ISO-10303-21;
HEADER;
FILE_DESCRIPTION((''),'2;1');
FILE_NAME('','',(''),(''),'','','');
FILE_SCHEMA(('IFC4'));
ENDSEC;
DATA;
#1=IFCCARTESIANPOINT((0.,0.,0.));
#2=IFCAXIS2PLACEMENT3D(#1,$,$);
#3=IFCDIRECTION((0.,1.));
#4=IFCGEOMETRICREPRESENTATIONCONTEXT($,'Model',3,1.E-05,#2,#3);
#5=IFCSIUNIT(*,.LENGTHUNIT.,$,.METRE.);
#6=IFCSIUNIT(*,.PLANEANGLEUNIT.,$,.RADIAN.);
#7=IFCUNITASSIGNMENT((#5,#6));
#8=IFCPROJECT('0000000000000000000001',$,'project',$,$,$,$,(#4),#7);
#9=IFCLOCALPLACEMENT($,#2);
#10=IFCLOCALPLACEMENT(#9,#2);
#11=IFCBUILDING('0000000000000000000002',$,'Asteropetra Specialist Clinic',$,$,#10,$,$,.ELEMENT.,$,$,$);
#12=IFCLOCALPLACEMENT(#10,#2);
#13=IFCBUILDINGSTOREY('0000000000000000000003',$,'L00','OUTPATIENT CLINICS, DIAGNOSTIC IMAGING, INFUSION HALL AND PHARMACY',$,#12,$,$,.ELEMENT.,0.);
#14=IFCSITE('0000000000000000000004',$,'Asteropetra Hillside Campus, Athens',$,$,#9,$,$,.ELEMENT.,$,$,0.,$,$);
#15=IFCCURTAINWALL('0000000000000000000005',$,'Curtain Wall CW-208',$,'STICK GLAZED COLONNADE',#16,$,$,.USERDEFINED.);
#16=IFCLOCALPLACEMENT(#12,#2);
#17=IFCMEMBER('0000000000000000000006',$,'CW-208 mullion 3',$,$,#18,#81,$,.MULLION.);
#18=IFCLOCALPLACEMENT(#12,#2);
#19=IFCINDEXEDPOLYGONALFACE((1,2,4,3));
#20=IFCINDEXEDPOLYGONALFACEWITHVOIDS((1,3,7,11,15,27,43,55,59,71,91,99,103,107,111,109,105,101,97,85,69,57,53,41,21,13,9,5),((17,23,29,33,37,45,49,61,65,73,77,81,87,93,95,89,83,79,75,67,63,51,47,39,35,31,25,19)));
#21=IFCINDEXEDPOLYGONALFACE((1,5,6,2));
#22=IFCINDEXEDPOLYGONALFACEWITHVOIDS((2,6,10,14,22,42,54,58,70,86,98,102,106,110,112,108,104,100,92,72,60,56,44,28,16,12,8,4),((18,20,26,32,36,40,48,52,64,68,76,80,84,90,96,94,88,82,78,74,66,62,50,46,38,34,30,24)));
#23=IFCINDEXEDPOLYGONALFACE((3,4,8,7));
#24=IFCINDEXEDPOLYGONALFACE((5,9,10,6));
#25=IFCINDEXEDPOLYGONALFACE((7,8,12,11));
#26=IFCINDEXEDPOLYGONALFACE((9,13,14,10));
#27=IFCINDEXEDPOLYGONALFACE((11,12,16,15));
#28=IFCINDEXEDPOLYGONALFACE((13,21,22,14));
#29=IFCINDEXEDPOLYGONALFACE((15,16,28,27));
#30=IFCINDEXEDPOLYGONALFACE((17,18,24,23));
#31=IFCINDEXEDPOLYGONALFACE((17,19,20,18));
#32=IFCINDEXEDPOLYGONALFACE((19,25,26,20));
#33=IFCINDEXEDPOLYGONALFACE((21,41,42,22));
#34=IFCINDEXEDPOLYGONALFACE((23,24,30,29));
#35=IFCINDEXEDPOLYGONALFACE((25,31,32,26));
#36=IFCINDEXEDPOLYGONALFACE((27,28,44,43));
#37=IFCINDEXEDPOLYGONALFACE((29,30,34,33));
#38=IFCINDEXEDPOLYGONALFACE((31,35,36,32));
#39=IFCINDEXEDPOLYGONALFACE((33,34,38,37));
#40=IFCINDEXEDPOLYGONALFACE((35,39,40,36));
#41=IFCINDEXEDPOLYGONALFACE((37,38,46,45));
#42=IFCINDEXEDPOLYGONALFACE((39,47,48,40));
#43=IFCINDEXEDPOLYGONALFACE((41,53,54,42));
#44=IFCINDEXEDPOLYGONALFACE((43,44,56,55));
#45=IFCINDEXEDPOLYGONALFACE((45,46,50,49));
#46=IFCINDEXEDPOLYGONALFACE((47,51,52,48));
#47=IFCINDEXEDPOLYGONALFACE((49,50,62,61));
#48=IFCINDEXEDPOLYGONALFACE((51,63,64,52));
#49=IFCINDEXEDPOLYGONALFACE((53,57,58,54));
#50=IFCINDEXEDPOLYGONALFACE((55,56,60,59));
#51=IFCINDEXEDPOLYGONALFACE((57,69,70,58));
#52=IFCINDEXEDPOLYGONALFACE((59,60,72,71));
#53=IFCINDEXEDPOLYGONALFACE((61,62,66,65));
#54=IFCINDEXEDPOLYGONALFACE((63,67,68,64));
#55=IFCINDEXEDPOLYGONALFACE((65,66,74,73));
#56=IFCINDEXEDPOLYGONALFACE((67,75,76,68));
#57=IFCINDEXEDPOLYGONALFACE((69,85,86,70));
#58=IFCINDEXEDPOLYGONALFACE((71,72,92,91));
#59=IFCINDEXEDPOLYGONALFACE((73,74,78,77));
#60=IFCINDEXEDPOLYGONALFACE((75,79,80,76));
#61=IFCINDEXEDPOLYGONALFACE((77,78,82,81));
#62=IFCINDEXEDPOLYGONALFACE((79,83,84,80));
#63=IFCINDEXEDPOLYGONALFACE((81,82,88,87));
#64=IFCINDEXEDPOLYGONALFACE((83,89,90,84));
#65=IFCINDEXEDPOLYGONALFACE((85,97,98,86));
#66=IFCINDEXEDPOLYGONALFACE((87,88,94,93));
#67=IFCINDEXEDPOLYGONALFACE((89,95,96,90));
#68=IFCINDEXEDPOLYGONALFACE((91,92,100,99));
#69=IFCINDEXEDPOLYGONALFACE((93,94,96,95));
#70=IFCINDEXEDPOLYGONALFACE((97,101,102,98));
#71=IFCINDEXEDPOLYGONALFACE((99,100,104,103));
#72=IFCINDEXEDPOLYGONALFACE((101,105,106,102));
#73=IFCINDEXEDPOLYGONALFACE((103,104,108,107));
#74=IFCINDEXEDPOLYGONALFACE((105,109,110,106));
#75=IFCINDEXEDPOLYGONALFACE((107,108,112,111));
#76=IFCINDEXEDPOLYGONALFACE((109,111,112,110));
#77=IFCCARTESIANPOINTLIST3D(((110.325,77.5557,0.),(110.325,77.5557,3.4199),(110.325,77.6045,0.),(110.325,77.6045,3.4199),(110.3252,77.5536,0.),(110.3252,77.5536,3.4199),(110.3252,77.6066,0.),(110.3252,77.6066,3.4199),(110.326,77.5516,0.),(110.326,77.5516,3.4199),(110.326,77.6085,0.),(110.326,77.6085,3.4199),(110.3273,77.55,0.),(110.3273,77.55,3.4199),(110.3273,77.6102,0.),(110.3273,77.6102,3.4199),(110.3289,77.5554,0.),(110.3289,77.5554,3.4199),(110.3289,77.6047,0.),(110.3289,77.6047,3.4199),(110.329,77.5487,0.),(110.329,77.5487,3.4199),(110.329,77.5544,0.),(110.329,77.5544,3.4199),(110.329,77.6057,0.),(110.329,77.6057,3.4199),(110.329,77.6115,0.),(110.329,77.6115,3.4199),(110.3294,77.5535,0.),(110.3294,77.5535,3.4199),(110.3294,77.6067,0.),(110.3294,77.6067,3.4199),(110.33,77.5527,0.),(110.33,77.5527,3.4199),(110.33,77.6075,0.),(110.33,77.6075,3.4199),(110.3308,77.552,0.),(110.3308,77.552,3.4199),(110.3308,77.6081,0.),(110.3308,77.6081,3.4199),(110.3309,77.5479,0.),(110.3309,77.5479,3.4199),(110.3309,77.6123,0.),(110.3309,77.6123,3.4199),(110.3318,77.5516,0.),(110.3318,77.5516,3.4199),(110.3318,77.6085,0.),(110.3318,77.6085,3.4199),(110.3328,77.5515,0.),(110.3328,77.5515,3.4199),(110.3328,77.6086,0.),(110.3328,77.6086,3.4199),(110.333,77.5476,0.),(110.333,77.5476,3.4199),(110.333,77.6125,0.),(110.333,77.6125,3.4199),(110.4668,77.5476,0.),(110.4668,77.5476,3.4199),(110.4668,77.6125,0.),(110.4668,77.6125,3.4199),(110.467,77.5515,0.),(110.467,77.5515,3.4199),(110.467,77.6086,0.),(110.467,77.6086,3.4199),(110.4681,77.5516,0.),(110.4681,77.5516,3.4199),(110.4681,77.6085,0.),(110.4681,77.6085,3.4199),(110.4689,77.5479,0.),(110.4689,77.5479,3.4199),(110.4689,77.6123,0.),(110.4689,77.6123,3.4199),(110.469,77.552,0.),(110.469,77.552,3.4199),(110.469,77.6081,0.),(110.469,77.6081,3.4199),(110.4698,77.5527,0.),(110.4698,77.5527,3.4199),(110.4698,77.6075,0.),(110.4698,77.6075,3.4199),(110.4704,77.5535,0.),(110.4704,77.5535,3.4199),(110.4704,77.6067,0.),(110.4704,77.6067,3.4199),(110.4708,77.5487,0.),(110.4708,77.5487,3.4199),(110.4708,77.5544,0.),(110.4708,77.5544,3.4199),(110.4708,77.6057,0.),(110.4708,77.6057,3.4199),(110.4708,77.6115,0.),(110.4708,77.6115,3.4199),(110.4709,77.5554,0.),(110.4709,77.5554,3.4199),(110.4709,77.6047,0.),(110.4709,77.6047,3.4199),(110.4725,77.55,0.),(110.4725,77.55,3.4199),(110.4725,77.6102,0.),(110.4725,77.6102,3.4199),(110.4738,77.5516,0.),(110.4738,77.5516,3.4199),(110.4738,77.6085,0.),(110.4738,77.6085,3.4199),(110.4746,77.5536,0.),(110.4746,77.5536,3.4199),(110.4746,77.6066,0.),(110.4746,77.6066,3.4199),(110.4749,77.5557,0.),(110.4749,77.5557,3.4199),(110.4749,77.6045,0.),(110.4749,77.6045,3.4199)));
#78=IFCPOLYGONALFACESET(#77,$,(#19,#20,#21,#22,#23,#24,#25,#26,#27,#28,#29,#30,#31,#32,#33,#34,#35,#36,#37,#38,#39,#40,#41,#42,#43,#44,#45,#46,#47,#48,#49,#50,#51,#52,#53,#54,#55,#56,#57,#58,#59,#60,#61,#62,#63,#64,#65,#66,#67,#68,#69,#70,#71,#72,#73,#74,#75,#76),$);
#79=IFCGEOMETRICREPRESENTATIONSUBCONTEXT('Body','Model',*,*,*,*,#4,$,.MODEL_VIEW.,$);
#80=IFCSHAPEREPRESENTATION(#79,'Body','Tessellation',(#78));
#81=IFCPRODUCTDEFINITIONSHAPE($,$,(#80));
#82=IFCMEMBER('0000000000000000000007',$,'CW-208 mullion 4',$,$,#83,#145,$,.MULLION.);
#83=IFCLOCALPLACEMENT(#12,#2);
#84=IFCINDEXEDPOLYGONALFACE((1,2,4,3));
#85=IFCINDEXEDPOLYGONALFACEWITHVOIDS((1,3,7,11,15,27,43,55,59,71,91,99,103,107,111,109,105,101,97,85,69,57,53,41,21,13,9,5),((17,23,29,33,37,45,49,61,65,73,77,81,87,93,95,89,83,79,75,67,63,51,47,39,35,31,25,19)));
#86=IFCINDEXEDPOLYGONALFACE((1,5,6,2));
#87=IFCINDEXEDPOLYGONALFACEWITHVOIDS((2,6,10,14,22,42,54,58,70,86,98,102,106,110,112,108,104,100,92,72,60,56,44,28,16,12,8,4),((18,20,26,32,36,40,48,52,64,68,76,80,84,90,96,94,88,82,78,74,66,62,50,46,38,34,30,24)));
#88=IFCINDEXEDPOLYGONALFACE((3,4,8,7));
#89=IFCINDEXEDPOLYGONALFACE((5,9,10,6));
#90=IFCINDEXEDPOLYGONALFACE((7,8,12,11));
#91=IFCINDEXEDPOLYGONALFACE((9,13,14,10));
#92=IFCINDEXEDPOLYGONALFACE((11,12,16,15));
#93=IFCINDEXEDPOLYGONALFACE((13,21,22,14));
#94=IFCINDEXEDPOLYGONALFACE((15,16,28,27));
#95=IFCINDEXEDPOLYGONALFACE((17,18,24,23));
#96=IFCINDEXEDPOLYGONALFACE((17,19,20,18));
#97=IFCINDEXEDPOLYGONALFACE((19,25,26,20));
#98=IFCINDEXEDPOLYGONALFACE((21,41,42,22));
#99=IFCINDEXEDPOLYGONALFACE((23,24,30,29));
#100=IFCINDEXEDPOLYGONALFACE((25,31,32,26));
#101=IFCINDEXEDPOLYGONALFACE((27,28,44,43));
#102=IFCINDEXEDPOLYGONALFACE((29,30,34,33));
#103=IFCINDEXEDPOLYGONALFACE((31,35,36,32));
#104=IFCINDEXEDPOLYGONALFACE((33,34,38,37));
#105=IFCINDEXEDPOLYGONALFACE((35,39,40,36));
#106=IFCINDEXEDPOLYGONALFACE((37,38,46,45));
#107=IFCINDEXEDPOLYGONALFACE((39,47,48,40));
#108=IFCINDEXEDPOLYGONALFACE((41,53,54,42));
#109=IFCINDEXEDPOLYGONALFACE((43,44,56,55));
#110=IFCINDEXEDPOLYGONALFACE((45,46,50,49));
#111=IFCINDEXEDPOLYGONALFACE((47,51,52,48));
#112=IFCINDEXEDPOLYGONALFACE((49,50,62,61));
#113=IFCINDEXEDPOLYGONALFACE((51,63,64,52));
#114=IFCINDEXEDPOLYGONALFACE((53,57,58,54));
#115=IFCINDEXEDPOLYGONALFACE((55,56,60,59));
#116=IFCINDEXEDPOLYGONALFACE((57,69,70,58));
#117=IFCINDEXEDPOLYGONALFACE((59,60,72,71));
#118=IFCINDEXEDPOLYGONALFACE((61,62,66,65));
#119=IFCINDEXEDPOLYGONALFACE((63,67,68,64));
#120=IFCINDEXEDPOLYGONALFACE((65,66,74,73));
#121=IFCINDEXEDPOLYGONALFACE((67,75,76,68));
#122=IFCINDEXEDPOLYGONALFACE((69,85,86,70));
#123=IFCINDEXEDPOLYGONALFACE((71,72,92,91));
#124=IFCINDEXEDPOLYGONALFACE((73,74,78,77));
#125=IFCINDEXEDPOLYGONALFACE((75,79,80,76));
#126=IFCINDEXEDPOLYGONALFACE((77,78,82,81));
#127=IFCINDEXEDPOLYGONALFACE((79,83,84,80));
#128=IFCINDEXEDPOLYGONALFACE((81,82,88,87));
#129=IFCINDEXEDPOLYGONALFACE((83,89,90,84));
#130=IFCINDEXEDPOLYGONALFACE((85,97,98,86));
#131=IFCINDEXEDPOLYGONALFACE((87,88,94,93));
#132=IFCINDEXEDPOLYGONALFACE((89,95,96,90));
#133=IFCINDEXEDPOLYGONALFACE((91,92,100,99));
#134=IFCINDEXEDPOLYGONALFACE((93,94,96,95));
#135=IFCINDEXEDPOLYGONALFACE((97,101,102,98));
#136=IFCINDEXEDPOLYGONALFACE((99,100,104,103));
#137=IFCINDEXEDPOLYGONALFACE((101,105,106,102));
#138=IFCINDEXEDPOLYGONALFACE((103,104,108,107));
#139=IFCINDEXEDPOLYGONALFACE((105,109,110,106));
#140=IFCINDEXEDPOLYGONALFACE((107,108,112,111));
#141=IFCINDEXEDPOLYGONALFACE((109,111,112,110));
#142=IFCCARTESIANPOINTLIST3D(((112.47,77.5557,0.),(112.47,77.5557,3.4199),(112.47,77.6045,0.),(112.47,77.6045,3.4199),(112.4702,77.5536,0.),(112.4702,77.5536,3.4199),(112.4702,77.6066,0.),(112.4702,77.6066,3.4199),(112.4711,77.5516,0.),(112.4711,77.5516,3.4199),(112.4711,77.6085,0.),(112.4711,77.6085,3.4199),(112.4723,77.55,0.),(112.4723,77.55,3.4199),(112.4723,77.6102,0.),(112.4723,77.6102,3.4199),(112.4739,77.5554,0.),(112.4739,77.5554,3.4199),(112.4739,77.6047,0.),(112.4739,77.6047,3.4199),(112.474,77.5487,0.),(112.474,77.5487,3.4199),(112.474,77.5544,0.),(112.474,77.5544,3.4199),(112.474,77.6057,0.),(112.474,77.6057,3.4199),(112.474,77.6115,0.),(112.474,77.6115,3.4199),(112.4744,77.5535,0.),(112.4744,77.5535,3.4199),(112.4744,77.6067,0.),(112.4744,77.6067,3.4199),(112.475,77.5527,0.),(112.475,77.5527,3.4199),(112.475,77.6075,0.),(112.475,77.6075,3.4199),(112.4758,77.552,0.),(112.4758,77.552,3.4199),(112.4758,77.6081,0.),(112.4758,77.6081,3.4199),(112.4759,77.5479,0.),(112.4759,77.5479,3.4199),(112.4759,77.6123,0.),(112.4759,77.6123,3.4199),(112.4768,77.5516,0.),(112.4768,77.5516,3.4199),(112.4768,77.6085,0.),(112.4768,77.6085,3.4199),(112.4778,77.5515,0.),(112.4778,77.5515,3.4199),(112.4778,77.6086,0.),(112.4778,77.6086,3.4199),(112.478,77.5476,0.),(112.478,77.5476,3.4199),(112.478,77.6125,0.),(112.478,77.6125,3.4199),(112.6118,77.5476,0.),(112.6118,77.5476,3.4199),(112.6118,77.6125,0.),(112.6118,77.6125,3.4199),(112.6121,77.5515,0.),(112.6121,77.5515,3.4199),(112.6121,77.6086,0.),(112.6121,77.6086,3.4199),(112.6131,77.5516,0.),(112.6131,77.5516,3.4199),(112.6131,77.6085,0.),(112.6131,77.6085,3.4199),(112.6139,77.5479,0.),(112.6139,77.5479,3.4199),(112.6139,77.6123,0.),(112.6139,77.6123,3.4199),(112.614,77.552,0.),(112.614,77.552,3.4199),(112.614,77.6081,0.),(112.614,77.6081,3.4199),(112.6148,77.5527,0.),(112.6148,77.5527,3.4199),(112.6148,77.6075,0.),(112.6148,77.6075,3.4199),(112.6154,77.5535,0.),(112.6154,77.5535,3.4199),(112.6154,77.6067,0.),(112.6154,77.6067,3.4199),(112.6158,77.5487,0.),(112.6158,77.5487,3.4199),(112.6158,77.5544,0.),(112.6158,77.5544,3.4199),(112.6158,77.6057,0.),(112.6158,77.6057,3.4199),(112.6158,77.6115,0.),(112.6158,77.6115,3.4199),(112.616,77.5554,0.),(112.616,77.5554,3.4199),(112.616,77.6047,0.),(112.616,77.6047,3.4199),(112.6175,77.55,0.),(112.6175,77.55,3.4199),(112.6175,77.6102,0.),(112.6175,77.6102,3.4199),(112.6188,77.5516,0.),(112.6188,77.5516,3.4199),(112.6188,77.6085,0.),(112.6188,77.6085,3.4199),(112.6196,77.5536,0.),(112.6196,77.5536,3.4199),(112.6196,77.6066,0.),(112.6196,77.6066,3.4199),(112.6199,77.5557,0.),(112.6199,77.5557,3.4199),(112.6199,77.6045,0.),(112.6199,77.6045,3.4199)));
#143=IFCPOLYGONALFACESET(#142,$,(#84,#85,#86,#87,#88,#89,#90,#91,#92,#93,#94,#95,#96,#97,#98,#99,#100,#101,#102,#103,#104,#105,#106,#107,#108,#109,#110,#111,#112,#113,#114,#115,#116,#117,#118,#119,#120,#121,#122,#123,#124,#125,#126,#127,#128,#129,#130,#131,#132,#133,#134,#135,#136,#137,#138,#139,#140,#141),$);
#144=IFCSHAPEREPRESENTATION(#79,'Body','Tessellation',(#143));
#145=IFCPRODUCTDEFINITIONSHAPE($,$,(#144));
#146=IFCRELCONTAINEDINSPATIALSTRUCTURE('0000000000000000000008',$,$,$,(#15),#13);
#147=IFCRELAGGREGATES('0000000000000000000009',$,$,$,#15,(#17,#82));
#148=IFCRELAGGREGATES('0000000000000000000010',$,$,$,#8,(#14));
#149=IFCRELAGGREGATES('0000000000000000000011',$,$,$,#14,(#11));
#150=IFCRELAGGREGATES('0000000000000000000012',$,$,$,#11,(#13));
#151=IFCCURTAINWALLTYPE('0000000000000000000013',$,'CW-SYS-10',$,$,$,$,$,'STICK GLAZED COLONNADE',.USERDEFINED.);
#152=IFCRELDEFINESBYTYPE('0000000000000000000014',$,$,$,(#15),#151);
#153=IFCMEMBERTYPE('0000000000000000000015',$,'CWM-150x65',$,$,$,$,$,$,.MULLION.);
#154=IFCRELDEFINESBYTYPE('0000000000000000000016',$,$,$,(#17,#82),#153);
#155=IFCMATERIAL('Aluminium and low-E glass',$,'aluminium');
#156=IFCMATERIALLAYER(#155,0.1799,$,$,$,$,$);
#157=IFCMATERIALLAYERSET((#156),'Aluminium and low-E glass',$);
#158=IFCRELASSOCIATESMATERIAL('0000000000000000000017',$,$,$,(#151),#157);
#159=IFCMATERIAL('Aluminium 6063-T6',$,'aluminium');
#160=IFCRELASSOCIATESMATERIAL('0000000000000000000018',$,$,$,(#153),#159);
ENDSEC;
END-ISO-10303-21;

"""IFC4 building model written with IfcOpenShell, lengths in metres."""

from ifc_helpers import new_model, si_unit, direction, frame, origin, origin_2d, place, context, subcontext, project, spatial, hollow_rectangle, extrude, material, layer, layer_set, material_profile, profile_set, type_object, element, aggregate, save


model = new_model("IFC4")

# Units and contexts
model_context = context("Model", 3, precision=1e-05, world=origin(), true_north=direction((0.0, 1.0)))
body_context = subcontext(model_context, "Body", "Model", "MODEL_VIEW")
ifc_project = project(units=[si_unit("LENGTHUNIT", "METRE"), si_unit("PLANEANGLEUNIT", "RADIAN")], contexts=[model_context])

# Site, building, storey
site_placement = place(None, origin())
site = spatial("IfcSite", under=ifc_project, at=site_placement, Name="Asteropetra Hillside Campus, Athens", CompositionType="ELEMENT", RefElevation=0.0)
building_placement = place(site_placement, origin())
building = spatial("IfcBuilding", under=site, at=building_placement, Name="Asteropetra Specialist Clinic", CompositionType="ELEMENT")
storey_placement = place(building_placement, origin())
storey = spatial("IfcBuildingStorey", under=building, at=storey_placement, Name="L00", Description="OUTPATIENT CLINICS, DIAGNOSTIC IMAGING, INFUSION HALL AND PHARMACY", CompositionType="ELEMENT", Elevation=0.0)

# Curtain wall, members
ifc_material_1 = material(Name="Aluminium and low-E glass", Category="aluminium")
ifc_layer_1 = layer(ifc_material_1, 0.1799)
ifc_layer_set_1 = layer_set([ifc_layer_1], Name="Aluminium and low-E glass")
curtain_wall_type = type_object("IfcCurtainWallType", Name="CW-SYS-10", ElementType="STICK GLAZED COLONNADE", PredefinedType="USERDEFINED", material=ifc_layer_set_1)
curtain_wall_placement = place(storey_placement, origin())
curtain_wall = element("IfcCurtainWall", 1, at=curtain_wall_placement, inside=storey, type_object=curtain_wall_type, Name="Curtain Wall CW-208", ObjectType="STICK GLAZED COLONNADE", PredefinedType="USERDEFINED")
ifc_material_2 = material(Name="Aluminium 6063-T6", Category="aluminium")
ifc_material_profile_1 = material_profile(ifc_material_2, hollow_rectangle(XDim=0.0649, YDim=0.1499, WallThickness=0.0039, InnerFilletRadius=0.0039, OuterFilletRadius=0.0081, at=origin_2d()), Name="MUL 150x65x4.0")
ifc_profile_set_1 = profile_set([ifc_material_profile_1], Name="Aluminium 6063-T6")
member_type_1 = type_object("IfcMemberType", Name="CWM-150x65", PredefinedType="MULLION", material=ifc_profile_set_1)
member_1_placement = place(storey_placement, frame((110.3999, 77.5801, 0.0), z_axis=(0.0, 0.0, 1.0), x_axis=(0.0, 1.0, 0.0)))
member_1 = element("IfcMember", 2, at=member_1_placement, type_object=member_type_1, Name="CW-208 mullion 3", PredefinedType="MULLION", context=body_context, shape_type="SweptSolid", body=[
    extrude(hollow_rectangle(XDim=0.0649, YDim=0.1499, WallThickness=0.0039, InnerFilletRadius=0.0039, OuterFilletRadius=0.0081, at=origin_2d()), origin(), (0.0, 0.0, 1.0), 3.4199),
])
member_2_placement = place(storey_placement, frame((112.5449, 77.5801, 0.0), z_axis=(0.0, 0.0, 1.0), x_axis=(0.0, 1.0, 0.0)))
member_2 = element("IfcMember", 3, at=member_2_placement, type_object=member_type_1, Name="CW-208 mullion 4", PredefinedType="MULLION", context=body_context, shape_type="SweptSolid", body=[
    extrude(hollow_rectangle(XDim=0.0649, YDim=0.1499, WallThickness=0.0039, InnerFilletRadius=0.0039, OuterFilletRadius=0.0081, at=origin_2d()), origin(), (0.0, 0.0, 1.0), 3.4199),
])
aggregate(curtain_wall, [member_1, member_2])

save(model, "model.ifc")
